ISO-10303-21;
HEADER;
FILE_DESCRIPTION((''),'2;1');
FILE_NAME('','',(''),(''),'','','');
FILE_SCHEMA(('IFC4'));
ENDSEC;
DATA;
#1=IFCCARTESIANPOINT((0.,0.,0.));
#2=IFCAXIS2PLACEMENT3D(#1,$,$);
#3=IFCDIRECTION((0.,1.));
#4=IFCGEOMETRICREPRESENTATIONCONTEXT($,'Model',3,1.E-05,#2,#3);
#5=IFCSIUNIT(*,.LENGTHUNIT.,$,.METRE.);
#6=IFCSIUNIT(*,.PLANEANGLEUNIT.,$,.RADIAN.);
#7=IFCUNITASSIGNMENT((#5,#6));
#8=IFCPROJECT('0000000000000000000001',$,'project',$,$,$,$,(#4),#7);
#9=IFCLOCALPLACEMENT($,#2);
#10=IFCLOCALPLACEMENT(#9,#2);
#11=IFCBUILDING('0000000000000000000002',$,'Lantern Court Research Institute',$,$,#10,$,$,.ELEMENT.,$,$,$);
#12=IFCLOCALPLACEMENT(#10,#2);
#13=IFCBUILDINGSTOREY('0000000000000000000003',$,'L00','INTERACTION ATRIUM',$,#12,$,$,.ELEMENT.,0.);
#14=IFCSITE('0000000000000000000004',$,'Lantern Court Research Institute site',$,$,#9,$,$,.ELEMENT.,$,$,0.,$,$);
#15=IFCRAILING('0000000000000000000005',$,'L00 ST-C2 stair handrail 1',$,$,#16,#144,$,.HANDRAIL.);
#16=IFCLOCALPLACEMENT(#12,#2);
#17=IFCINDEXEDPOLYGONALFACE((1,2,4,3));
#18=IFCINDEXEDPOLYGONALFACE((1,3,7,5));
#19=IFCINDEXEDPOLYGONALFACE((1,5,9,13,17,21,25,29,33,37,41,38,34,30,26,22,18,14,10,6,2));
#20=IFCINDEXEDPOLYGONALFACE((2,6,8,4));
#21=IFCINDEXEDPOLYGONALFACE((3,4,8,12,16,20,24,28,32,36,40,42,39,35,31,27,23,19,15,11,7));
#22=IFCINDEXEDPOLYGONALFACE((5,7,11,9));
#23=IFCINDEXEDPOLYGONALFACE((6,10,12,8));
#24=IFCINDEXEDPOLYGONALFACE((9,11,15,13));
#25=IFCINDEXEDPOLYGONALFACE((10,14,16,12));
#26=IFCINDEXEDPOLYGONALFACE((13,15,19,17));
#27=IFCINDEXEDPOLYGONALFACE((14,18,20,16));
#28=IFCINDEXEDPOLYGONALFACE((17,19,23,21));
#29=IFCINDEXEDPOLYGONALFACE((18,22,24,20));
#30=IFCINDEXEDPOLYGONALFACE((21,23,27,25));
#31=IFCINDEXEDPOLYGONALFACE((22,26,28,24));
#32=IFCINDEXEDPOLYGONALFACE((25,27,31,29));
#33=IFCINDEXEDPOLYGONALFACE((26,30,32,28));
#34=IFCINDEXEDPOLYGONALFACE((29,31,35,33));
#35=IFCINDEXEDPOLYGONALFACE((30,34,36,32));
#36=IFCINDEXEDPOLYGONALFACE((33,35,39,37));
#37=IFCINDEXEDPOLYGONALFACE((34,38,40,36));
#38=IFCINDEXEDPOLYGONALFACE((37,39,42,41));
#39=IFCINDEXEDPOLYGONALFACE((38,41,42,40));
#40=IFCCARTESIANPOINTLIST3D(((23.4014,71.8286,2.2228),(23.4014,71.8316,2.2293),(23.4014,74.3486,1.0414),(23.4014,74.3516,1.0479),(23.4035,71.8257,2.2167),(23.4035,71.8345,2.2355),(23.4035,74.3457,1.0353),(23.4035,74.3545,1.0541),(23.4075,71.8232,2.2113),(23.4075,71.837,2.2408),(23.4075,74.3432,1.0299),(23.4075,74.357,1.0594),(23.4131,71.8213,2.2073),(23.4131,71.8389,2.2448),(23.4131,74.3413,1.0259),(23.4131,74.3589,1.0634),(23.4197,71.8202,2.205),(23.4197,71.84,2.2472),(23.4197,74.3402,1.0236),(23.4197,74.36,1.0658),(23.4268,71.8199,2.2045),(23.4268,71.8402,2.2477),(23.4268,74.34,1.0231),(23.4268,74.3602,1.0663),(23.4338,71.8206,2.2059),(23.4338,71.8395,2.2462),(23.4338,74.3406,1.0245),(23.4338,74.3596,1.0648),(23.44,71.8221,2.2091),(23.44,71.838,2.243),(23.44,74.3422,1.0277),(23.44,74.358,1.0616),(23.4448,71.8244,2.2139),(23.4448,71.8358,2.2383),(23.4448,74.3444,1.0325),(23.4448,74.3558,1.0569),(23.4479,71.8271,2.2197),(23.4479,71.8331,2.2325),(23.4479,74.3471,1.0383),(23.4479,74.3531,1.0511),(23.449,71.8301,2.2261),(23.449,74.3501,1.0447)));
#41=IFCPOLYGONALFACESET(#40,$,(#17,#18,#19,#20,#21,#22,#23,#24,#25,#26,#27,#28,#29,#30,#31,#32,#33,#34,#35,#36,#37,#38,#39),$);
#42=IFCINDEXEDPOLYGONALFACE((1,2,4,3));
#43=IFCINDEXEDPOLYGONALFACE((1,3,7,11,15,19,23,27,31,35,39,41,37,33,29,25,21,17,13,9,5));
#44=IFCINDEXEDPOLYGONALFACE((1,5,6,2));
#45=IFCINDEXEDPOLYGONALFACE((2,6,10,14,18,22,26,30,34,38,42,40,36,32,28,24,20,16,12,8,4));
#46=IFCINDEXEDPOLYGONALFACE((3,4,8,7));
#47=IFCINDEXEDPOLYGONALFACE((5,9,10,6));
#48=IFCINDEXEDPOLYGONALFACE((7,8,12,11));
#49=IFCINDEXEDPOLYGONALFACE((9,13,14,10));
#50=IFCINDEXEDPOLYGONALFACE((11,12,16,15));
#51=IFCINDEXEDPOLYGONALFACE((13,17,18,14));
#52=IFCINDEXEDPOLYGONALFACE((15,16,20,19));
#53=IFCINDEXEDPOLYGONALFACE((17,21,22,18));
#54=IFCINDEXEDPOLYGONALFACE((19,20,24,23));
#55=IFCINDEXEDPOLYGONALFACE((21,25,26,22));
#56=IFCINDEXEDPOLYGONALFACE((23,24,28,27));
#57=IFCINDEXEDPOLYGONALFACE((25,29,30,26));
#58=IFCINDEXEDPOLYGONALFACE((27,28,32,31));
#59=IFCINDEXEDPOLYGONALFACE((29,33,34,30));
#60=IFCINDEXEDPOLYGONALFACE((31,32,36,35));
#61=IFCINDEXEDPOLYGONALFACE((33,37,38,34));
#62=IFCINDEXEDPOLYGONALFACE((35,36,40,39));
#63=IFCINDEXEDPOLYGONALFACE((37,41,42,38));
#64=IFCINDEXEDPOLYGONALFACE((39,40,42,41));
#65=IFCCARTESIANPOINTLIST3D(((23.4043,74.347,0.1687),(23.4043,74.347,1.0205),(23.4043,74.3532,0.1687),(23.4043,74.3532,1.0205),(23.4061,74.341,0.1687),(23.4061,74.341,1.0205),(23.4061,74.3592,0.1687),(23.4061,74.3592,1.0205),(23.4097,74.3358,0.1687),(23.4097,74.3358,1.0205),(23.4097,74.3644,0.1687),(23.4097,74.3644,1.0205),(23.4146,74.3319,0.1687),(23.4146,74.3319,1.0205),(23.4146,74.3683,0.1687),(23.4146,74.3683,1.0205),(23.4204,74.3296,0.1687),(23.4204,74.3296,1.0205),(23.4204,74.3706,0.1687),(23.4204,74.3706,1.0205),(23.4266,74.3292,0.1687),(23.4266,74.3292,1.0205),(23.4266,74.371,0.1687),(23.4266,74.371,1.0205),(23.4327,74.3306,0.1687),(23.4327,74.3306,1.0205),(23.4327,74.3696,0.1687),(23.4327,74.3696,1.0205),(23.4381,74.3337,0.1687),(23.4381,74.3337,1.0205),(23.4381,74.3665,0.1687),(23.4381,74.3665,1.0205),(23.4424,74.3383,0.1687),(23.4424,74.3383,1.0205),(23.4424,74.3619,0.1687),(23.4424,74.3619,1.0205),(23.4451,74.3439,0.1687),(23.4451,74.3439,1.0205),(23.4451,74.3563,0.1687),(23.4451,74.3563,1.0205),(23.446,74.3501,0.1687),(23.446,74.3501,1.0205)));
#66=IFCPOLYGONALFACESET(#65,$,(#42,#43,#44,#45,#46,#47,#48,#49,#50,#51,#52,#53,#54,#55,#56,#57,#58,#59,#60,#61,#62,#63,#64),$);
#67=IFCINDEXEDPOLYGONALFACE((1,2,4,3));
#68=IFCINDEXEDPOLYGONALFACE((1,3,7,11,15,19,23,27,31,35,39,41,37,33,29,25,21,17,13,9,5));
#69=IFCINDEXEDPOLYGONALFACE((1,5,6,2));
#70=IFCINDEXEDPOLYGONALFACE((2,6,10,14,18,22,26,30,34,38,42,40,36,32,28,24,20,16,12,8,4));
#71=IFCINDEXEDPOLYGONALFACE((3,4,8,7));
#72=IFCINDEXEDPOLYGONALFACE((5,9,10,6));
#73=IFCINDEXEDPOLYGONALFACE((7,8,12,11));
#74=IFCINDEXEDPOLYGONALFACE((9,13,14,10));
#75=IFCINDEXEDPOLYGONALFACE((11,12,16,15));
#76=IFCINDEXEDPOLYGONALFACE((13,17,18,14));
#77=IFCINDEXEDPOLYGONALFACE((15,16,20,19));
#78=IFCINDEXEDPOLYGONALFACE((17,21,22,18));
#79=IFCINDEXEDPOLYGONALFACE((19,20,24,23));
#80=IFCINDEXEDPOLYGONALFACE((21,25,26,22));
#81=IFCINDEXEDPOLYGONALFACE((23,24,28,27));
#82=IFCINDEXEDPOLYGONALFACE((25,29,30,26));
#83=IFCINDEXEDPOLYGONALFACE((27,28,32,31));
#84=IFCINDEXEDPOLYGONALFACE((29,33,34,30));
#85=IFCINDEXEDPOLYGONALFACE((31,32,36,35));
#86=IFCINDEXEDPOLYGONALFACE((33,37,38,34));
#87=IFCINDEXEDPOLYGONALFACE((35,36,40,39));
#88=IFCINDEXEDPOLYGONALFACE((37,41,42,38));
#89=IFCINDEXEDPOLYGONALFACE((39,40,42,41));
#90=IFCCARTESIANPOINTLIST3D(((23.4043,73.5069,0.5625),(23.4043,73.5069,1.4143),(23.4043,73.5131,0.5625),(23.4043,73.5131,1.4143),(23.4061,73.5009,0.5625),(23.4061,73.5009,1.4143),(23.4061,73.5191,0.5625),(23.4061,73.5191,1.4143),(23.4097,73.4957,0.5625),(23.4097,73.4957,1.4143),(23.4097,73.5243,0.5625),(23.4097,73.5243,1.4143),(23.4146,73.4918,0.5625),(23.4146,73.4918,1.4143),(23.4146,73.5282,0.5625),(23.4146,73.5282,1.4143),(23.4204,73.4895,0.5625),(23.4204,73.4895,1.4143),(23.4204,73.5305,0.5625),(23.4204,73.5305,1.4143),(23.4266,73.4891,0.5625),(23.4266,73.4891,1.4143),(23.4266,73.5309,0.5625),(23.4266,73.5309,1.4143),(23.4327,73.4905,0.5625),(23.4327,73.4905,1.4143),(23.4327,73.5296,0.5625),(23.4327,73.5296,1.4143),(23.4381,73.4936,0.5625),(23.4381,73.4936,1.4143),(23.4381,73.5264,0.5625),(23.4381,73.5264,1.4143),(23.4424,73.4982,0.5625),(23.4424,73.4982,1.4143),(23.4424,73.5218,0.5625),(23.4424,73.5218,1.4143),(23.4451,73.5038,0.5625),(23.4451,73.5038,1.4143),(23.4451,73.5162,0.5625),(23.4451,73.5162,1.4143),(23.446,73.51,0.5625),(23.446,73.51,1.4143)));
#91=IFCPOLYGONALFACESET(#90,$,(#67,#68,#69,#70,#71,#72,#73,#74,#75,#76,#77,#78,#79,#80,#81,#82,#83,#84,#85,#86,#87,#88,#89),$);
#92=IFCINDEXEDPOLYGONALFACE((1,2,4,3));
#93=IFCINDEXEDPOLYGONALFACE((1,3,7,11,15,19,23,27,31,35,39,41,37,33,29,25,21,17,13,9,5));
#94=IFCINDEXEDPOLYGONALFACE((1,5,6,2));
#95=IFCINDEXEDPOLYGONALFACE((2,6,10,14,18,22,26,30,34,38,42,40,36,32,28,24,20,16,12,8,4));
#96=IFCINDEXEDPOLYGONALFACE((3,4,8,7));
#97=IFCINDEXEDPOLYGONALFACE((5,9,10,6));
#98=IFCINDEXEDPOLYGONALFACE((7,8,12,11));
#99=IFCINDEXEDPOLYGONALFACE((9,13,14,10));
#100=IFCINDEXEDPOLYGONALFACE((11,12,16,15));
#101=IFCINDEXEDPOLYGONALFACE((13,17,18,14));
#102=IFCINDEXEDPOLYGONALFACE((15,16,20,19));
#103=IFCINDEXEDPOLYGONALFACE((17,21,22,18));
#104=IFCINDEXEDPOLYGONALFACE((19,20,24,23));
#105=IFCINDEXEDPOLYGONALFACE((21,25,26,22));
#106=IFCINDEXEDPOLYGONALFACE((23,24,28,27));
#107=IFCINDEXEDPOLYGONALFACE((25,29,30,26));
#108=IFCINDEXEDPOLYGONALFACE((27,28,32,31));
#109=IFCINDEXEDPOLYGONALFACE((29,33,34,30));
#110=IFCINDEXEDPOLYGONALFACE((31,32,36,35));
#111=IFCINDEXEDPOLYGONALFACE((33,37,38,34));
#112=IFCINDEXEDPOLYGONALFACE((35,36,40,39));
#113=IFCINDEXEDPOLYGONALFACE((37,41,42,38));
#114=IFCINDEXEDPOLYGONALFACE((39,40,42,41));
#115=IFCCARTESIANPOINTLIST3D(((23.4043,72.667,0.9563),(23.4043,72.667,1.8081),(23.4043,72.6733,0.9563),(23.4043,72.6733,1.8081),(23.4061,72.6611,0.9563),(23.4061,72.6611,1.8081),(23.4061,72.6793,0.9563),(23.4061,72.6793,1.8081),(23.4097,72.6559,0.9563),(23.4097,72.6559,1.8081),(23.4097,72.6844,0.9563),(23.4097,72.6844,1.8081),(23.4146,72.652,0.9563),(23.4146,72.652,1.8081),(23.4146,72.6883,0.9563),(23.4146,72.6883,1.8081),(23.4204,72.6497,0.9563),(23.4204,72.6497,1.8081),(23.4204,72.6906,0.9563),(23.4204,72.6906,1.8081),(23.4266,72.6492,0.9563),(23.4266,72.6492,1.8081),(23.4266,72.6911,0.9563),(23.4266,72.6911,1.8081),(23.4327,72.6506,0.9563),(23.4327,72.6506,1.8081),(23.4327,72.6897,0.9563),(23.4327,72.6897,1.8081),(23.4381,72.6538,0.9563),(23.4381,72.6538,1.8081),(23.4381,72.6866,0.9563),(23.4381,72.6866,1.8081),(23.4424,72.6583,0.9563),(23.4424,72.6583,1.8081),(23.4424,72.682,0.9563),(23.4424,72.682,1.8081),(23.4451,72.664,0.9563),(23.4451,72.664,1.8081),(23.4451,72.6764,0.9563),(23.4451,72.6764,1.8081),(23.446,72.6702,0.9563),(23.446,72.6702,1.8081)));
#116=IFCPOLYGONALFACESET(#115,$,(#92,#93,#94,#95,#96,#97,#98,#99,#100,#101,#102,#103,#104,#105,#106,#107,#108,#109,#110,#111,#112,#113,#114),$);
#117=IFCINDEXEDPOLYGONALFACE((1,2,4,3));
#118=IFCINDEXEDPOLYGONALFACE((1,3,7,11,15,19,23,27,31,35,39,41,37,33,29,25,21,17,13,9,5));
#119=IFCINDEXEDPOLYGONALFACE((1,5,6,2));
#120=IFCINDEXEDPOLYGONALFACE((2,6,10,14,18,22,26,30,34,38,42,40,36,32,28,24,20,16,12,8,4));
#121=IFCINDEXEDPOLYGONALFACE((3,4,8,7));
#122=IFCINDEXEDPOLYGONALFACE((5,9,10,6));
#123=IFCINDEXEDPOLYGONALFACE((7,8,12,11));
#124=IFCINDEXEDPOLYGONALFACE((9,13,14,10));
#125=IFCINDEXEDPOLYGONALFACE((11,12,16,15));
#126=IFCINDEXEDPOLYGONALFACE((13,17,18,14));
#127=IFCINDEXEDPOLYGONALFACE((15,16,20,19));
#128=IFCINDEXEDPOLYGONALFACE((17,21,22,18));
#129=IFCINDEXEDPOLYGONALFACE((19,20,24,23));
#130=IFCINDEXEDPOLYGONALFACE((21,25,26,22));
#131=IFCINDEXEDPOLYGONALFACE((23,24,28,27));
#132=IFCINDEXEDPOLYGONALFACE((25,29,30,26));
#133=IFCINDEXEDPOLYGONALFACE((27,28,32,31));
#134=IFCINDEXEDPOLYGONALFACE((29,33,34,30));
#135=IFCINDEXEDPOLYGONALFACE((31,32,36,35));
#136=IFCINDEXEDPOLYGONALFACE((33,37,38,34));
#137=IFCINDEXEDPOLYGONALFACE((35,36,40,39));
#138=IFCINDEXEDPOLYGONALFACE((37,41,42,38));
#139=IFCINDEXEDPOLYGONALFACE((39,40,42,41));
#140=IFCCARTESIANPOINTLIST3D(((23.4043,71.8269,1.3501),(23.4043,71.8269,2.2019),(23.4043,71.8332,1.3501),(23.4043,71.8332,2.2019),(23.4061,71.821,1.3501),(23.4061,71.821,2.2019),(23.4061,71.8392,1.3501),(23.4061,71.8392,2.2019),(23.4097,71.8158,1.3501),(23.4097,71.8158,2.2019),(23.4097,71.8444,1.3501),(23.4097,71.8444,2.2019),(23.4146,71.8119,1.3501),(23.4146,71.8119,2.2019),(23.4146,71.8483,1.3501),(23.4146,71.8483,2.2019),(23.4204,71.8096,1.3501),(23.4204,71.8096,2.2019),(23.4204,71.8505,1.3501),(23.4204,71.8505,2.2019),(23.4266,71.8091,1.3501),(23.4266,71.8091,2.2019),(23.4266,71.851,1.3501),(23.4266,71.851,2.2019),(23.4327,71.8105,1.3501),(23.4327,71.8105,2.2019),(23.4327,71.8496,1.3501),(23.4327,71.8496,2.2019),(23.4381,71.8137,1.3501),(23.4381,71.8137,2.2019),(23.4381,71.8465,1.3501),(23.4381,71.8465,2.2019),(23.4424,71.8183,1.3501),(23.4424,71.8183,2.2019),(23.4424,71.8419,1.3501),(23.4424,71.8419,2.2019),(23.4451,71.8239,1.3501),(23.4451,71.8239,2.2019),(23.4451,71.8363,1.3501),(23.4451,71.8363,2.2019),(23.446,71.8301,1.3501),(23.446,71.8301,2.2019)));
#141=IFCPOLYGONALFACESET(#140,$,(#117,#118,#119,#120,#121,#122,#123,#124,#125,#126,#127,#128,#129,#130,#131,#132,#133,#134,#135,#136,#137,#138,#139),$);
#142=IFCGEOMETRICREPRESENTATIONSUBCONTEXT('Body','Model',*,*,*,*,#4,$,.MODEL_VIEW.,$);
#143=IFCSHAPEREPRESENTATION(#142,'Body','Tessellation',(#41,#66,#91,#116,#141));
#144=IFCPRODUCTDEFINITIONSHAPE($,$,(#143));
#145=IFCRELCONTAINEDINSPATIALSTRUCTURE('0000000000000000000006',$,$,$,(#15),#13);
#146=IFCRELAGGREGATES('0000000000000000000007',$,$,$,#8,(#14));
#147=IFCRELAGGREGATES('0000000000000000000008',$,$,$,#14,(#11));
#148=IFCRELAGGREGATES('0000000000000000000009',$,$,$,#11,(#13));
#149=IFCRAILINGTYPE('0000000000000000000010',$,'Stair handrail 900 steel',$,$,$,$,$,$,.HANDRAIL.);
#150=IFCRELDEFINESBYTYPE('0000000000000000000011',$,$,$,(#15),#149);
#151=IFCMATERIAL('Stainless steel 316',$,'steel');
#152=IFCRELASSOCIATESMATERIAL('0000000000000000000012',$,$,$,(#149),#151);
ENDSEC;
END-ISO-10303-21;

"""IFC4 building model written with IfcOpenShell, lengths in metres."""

from ifc_helpers import new_model, si_unit, direction, frame, origin, origin_2d, place, context, subcontext, project, spatial, circle, extrude, material, type_object, element, save


model = new_model("IFC4")

# Units and contexts
model_context = context("Model", 3, precision=1e-05, world=origin(), true_north=direction((0.0, 1.0)))
body_context = subcontext(model_context, "Body", "Model", "MODEL_VIEW")
ifc_project = project(units=[si_unit("LENGTHUNIT", "METRE"), si_unit("PLANEANGLEUNIT", "RADIAN")], contexts=[model_context])

# Site, building, storey
site_placement = place(None, origin())
site = spatial("IfcSite", under=ifc_project, at=site_placement, Name="Lantern Court Research Institute site", CompositionType="ELEMENT", RefElevation=0.0)
building_placement = place(site_placement, origin())
building = spatial("IfcBuilding", under=site, at=building_placement, Name="Lantern Court Research Institute", CompositionType="ELEMENT")
storey_placement = place(building_placement, origin())
storey = spatial("IfcBuildingStorey", under=building, at=storey_placement, Name="L00", Description="INTERACTION ATRIUM", CompositionType="ELEMENT", Elevation=0.0)

# Railing
ifc_material_1 = material(Name="Stainless steel 316", Category="steel")
railing_type_1 = type_object("IfcRailingType", Name="Stair handrail 900 steel", PredefinedType="HANDRAIL", material=ifc_material_1)
for number, where, name in (
    (1, (23.425, 74.3501, 0.1687), "L00 ST-C2 stair handrail 1"),
):
    element("IfcRailing", number, at=place(storey_placement, frame(where)), inside=storey, type_object=railing_type_1, Name=name, PredefinedType="HANDRAIL", context=body_context, shape_type="SweptSolid", body=[
        extrude(circle(Radius=0.0239, at=origin_2d()), frame((0.0, 0.0, 0.876), z_axis=(0.0, -0.90544, 0.424474), x_axis=(1.0, 0.0, 0.0)), (0.0, 0.0, 1.0), 2.7832),
        extrude(circle(Radius=0.021, at=origin_2d()), origin(), (0.0, 0.0, 1.0), 0.8518),
        extrude(circle(Radius=0.021, at=origin_2d()), frame((0.0, -0.8401, 0.3938)), (0.0, 0.0, 1.0), 0.8518),
        extrude(circle(Radius=0.021, at=origin_2d()), frame((0.0, -1.6799, 0.7876)), (0.0, 0.0, 1.0), 0.8518),
        extrude(circle(Radius=0.021, at=origin_2d()), frame((0.0, -2.52, 1.1814)), (0.0, 0.0, 1.0), 0.8518),
    ])

save(model, "model.ifc")
